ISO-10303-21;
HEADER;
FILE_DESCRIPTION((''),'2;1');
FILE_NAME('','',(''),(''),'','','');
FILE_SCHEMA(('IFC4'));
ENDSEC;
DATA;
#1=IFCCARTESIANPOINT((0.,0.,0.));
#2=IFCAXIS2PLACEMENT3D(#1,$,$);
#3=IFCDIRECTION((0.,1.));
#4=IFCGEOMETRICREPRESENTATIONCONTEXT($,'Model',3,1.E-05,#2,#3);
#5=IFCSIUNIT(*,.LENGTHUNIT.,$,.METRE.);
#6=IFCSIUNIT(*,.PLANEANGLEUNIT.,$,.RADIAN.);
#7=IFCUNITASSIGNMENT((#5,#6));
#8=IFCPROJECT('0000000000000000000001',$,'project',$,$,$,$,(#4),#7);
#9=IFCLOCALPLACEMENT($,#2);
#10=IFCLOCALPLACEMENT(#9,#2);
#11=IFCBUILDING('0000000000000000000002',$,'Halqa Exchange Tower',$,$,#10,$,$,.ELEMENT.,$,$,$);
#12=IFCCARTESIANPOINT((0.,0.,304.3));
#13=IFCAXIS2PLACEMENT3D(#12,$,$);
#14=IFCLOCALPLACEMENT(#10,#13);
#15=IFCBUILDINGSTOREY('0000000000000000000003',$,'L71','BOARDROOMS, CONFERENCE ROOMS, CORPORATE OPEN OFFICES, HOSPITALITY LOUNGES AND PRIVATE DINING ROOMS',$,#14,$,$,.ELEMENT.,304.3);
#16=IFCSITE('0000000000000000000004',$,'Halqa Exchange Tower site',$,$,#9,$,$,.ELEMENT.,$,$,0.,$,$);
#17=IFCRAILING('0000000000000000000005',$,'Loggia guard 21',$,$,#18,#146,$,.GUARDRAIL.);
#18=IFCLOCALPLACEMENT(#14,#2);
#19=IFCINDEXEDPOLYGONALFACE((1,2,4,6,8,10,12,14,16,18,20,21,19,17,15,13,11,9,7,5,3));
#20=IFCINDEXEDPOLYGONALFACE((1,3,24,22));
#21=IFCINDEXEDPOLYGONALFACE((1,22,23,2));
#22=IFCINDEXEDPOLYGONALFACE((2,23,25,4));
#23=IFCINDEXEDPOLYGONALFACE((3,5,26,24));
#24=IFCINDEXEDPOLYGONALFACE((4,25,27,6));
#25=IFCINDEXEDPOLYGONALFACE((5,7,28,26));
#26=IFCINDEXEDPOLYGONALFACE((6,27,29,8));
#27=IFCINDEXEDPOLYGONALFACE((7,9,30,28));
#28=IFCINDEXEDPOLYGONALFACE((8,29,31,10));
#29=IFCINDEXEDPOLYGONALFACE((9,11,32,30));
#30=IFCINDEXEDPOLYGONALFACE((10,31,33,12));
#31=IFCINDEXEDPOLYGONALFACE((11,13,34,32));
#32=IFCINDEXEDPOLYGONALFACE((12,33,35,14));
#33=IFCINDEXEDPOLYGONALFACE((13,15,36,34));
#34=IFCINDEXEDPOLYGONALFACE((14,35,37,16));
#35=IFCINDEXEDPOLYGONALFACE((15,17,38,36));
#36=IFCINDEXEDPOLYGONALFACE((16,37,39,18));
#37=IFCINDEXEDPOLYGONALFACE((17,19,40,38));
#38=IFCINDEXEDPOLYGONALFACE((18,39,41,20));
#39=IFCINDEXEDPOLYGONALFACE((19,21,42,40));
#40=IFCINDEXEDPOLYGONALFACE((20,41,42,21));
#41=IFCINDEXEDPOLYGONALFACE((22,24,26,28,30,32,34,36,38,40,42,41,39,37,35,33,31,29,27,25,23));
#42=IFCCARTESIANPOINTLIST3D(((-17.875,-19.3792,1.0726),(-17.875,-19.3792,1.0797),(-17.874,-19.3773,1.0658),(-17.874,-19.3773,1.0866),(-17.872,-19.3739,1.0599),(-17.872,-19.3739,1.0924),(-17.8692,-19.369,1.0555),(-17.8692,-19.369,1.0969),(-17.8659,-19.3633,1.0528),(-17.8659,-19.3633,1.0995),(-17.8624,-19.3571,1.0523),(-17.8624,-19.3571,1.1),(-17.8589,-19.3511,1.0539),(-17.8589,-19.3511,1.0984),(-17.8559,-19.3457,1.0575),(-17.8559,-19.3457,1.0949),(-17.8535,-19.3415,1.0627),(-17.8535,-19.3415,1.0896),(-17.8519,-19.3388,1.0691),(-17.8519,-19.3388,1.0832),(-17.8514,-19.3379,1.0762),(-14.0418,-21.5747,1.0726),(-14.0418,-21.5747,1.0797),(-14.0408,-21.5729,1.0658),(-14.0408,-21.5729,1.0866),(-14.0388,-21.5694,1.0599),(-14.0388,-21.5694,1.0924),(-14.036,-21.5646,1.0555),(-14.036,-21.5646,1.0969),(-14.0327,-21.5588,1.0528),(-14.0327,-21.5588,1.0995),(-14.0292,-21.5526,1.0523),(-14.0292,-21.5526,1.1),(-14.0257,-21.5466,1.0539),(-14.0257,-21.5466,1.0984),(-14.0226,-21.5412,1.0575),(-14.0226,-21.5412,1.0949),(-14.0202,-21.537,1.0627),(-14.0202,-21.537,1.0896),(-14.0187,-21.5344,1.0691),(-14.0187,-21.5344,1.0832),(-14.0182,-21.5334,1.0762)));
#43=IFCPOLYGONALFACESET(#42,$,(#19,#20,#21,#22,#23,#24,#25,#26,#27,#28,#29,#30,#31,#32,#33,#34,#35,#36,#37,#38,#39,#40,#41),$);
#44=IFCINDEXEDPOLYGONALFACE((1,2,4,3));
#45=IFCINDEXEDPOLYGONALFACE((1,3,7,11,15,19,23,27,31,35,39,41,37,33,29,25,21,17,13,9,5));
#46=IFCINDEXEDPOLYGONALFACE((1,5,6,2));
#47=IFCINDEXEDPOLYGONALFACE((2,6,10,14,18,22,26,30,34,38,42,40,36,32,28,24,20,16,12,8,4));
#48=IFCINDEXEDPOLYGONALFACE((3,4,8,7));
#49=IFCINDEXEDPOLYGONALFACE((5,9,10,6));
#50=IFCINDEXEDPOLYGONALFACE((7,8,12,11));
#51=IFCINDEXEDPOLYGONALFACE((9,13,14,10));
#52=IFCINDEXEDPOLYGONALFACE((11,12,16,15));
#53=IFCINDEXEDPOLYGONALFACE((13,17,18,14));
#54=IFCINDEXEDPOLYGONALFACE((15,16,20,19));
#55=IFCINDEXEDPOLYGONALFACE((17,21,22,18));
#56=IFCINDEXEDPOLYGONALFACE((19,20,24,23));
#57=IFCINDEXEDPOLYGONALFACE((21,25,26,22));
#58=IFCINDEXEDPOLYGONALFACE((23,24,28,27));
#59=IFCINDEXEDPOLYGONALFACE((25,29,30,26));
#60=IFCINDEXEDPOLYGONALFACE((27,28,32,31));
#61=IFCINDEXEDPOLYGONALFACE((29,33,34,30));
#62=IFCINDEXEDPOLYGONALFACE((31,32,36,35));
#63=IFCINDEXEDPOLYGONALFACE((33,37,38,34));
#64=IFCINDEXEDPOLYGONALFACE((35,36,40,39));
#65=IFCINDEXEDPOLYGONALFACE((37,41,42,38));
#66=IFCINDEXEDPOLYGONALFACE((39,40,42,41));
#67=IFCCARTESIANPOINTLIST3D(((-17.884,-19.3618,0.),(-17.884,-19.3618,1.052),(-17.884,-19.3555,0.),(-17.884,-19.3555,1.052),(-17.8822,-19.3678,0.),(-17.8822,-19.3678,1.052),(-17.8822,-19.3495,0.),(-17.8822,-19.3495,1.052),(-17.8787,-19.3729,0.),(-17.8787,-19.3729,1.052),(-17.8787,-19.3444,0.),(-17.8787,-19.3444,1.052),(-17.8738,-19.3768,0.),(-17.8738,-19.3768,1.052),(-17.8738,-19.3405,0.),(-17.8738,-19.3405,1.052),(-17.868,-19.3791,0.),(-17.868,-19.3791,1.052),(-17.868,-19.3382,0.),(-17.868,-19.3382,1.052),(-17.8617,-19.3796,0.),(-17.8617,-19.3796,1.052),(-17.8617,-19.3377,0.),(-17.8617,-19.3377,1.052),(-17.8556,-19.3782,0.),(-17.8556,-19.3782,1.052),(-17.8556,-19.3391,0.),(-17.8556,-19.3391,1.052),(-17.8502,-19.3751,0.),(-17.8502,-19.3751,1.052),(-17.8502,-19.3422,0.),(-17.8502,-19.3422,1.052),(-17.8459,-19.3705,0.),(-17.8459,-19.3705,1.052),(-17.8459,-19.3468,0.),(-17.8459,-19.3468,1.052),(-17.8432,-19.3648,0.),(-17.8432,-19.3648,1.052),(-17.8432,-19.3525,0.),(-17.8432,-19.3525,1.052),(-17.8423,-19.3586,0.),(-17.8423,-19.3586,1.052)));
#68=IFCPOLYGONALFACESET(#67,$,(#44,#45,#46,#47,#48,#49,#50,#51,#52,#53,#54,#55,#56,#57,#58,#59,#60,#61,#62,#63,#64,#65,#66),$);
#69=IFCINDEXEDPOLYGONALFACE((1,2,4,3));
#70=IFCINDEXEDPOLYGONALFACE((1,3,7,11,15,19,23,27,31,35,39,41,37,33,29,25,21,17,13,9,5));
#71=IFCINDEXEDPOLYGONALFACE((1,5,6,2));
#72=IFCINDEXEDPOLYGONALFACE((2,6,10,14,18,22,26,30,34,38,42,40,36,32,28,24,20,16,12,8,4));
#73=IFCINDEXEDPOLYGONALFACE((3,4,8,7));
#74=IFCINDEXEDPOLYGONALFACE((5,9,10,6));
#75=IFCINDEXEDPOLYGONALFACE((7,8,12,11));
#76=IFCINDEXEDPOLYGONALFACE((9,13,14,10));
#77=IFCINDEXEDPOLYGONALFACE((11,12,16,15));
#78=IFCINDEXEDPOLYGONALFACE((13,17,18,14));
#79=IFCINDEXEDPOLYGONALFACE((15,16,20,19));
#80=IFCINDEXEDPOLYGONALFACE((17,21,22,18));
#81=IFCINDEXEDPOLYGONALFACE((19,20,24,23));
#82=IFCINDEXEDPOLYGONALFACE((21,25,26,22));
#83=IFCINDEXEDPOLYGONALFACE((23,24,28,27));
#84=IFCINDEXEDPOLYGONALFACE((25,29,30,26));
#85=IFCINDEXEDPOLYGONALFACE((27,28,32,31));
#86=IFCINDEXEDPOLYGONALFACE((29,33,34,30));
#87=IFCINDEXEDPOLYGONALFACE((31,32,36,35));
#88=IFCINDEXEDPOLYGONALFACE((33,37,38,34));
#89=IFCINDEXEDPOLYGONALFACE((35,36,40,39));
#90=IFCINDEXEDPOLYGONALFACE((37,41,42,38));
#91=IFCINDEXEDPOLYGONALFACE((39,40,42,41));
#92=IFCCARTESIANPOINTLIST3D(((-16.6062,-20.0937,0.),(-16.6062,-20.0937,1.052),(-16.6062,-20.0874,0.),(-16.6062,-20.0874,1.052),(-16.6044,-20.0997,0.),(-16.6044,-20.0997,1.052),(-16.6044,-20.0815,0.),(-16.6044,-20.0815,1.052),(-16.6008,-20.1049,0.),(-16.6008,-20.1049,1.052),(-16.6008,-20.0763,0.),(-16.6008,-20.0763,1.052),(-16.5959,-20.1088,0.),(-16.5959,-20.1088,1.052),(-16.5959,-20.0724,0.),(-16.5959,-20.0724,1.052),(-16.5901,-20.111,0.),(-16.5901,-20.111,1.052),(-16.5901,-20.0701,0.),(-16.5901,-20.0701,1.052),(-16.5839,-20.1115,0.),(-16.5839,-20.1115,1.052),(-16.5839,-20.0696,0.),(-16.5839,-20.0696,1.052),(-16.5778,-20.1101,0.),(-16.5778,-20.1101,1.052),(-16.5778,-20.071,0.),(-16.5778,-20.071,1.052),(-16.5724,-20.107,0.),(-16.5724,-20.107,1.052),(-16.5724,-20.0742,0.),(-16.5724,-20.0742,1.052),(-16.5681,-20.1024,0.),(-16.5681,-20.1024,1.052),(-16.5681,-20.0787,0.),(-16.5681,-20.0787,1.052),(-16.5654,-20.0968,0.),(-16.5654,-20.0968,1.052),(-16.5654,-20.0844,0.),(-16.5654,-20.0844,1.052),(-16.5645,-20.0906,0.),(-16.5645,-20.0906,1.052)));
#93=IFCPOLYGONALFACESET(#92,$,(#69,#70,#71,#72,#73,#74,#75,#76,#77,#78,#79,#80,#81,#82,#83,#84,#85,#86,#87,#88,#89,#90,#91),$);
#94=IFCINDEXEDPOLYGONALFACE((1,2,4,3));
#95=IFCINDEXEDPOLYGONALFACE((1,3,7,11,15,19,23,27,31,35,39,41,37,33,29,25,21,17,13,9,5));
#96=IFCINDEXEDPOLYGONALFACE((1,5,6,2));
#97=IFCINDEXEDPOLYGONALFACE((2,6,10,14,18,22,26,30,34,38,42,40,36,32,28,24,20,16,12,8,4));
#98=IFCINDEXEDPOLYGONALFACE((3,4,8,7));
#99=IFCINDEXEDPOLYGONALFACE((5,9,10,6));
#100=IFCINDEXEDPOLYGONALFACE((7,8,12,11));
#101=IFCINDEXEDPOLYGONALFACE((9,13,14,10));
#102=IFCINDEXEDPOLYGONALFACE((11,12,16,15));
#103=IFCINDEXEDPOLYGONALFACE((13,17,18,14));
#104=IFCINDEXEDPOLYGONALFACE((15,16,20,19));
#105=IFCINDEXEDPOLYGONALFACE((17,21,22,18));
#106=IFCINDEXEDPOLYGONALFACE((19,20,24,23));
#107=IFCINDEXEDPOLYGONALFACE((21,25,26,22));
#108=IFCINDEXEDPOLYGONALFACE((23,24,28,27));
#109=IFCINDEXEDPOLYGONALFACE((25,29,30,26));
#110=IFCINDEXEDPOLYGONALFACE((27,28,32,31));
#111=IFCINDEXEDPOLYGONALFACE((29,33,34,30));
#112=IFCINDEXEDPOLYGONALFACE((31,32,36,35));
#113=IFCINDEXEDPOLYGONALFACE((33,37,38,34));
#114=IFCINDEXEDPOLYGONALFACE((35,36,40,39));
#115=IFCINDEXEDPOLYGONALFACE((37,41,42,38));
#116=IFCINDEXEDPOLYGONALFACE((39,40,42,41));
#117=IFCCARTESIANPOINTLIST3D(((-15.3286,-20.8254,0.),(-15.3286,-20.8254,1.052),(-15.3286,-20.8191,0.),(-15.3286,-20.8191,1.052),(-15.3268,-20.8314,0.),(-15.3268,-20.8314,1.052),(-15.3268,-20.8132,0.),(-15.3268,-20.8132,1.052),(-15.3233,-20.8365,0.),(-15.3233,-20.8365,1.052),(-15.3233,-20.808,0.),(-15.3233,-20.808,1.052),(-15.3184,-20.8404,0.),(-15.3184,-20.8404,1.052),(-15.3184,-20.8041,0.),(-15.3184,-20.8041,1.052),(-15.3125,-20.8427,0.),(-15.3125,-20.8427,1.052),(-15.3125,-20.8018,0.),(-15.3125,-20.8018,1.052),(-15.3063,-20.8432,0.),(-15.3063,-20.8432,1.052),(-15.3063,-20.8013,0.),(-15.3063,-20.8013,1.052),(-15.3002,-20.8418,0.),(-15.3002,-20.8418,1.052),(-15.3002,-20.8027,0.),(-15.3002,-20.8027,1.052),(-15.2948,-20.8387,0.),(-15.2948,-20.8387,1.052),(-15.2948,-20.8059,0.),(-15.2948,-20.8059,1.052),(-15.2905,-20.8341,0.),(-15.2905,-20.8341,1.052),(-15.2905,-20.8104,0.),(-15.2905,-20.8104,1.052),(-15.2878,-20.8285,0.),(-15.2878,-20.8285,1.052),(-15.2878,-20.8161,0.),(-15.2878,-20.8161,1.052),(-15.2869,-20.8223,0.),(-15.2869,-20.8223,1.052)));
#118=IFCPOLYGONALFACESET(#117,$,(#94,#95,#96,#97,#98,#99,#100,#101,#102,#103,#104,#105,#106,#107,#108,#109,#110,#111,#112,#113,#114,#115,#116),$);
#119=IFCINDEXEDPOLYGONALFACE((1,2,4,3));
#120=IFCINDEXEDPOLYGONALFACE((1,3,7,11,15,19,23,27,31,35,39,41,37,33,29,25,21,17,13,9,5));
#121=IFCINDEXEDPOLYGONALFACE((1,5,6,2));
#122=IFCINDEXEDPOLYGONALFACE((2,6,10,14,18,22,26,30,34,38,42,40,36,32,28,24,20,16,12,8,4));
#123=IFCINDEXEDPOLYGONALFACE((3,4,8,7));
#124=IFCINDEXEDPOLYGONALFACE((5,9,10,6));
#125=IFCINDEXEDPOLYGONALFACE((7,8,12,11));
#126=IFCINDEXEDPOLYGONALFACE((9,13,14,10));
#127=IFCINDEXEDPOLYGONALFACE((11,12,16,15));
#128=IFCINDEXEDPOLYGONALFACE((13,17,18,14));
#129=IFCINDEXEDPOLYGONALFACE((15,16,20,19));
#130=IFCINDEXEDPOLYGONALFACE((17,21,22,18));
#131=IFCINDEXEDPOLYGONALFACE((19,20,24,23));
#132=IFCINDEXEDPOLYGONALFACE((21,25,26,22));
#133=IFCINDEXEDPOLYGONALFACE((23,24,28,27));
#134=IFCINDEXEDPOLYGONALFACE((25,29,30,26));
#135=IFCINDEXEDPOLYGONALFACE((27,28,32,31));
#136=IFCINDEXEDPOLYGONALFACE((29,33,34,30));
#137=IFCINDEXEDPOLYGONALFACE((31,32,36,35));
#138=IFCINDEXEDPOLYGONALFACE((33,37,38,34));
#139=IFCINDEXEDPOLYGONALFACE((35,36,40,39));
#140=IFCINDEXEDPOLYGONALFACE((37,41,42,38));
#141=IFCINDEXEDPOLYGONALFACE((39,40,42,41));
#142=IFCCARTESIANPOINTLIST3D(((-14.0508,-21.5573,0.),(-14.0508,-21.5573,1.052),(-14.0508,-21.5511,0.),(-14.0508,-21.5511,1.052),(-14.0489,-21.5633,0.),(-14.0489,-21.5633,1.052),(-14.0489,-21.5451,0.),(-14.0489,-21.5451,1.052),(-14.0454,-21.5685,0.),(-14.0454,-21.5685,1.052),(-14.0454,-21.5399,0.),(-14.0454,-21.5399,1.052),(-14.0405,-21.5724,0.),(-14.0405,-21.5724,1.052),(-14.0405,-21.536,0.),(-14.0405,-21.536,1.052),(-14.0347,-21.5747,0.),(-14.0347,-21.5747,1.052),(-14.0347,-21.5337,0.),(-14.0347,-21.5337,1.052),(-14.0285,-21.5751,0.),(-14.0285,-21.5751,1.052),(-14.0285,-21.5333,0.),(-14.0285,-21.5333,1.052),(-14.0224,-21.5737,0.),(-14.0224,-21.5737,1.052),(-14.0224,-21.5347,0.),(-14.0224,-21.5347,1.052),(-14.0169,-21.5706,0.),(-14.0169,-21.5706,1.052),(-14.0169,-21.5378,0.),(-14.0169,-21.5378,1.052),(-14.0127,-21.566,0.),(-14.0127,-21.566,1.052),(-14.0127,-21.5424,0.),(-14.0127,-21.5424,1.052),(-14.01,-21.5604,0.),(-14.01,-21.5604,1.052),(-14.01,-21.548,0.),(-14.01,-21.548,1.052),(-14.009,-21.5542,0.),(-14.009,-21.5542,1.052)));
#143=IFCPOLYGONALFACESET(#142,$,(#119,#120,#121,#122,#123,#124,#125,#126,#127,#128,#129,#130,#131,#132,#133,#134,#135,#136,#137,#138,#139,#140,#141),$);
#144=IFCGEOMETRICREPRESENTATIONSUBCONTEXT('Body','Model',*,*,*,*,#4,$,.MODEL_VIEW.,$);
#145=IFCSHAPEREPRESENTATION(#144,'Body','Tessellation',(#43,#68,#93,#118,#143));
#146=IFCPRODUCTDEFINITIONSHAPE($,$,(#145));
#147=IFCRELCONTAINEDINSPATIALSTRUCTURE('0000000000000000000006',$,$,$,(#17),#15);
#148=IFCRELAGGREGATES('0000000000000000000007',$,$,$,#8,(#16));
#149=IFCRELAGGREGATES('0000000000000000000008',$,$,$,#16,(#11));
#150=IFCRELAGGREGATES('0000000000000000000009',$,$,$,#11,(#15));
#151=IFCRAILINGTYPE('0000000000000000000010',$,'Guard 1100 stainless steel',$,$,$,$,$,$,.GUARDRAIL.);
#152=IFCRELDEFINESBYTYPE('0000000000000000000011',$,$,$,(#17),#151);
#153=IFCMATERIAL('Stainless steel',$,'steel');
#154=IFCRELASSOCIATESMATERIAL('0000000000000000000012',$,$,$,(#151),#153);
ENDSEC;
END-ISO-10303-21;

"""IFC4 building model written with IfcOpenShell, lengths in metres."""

from ifc_helpers import new_model, si_unit, direction, frame, origin, origin_2d, place, context, subcontext, project, spatial, circle, extrude, material, type_object, element, save


model = new_model("IFC4")

# Units and contexts
model_context = context("Model", 3, precision=1e-05, world=origin(), true_north=direction((0.0, 1.0)))
body_context = subcontext(model_context, "Body", "Model", "MODEL_VIEW")
ifc_project = project(units=[si_unit("LENGTHUNIT", "METRE"), si_unit("PLANEANGLEUNIT", "RADIAN")], contexts=[model_context])

# Site, building, storey
site_placement = place(None, origin())
site = spatial("IfcSite", under=ifc_project, at=site_placement, Name="Halqa Exchange Tower site", CompositionType="ELEMENT", RefElevation=0.0)
building_placement = place(site_placement, origin())
building = spatial("IfcBuilding", under=site, at=building_placement, Name="Halqa Exchange Tower", CompositionType="ELEMENT")
storey_placement = place(building_placement, frame((0.0, 0.0, 304.3)))
storey = spatial("IfcBuildingStorey", under=building, at=storey_placement, Name="L71", Description="BOARDROOMS, CONFERENCE ROOMS, CORPORATE OPEN OFFICES, HOSPITALITY LOUNGES AND PRIVATE DINING ROOMS", CompositionType="ELEMENT", Elevation=304.3)

# Railing
ifc_material_1 = material(Name="Stainless steel", Category="steel")
railing_type = type_object("IfcRailingType", Name="Guard 1100 stainless steel", PredefinedType="GUARDRAIL", material=ifc_material_1)
railing_1_placement = place(storey_placement, frame((-17.8633, -19.3586, 0.0)))
element("IfcRailing", 1, at=railing_1_placement, inside=storey, type_object=railing_type, Name="Loggia guard 21", PredefinedType="GUARDRAIL", context=body_context, shape_type="SweptSolid", body=[
    extrude(circle(Radius=0.0239, at=origin_2d()), frame((0.0, 0.0, 1.0762), z_axis=(0.867743, -0.497014, 0.0), x_axis=(0.497014, 0.867743, 0.0)), (0.0, 0.0, 1.0), 4.4175),
    extrude(circle(Radius=0.021, at=origin_2d()), origin(), (0.0, 0.0, 1.0), 1.052),
    extrude(circle(Radius=0.021, at=origin_2d()), frame((1.2778, -0.7319, 0.0)), (0.0, 0.0, 1.0), 1.052),
    extrude(circle(Radius=0.021, at=origin_2d()), frame((2.5554, -1.4636, 0.0)), (0.0, 0.0, 1.0), 1.052),
    extrude(circle(Radius=0.021, at=origin_2d()), frame((3.8333, -2.1956, 0.0)), (0.0, 0.0, 1.0), 1.052),
])

save(model, "model.ifc")
